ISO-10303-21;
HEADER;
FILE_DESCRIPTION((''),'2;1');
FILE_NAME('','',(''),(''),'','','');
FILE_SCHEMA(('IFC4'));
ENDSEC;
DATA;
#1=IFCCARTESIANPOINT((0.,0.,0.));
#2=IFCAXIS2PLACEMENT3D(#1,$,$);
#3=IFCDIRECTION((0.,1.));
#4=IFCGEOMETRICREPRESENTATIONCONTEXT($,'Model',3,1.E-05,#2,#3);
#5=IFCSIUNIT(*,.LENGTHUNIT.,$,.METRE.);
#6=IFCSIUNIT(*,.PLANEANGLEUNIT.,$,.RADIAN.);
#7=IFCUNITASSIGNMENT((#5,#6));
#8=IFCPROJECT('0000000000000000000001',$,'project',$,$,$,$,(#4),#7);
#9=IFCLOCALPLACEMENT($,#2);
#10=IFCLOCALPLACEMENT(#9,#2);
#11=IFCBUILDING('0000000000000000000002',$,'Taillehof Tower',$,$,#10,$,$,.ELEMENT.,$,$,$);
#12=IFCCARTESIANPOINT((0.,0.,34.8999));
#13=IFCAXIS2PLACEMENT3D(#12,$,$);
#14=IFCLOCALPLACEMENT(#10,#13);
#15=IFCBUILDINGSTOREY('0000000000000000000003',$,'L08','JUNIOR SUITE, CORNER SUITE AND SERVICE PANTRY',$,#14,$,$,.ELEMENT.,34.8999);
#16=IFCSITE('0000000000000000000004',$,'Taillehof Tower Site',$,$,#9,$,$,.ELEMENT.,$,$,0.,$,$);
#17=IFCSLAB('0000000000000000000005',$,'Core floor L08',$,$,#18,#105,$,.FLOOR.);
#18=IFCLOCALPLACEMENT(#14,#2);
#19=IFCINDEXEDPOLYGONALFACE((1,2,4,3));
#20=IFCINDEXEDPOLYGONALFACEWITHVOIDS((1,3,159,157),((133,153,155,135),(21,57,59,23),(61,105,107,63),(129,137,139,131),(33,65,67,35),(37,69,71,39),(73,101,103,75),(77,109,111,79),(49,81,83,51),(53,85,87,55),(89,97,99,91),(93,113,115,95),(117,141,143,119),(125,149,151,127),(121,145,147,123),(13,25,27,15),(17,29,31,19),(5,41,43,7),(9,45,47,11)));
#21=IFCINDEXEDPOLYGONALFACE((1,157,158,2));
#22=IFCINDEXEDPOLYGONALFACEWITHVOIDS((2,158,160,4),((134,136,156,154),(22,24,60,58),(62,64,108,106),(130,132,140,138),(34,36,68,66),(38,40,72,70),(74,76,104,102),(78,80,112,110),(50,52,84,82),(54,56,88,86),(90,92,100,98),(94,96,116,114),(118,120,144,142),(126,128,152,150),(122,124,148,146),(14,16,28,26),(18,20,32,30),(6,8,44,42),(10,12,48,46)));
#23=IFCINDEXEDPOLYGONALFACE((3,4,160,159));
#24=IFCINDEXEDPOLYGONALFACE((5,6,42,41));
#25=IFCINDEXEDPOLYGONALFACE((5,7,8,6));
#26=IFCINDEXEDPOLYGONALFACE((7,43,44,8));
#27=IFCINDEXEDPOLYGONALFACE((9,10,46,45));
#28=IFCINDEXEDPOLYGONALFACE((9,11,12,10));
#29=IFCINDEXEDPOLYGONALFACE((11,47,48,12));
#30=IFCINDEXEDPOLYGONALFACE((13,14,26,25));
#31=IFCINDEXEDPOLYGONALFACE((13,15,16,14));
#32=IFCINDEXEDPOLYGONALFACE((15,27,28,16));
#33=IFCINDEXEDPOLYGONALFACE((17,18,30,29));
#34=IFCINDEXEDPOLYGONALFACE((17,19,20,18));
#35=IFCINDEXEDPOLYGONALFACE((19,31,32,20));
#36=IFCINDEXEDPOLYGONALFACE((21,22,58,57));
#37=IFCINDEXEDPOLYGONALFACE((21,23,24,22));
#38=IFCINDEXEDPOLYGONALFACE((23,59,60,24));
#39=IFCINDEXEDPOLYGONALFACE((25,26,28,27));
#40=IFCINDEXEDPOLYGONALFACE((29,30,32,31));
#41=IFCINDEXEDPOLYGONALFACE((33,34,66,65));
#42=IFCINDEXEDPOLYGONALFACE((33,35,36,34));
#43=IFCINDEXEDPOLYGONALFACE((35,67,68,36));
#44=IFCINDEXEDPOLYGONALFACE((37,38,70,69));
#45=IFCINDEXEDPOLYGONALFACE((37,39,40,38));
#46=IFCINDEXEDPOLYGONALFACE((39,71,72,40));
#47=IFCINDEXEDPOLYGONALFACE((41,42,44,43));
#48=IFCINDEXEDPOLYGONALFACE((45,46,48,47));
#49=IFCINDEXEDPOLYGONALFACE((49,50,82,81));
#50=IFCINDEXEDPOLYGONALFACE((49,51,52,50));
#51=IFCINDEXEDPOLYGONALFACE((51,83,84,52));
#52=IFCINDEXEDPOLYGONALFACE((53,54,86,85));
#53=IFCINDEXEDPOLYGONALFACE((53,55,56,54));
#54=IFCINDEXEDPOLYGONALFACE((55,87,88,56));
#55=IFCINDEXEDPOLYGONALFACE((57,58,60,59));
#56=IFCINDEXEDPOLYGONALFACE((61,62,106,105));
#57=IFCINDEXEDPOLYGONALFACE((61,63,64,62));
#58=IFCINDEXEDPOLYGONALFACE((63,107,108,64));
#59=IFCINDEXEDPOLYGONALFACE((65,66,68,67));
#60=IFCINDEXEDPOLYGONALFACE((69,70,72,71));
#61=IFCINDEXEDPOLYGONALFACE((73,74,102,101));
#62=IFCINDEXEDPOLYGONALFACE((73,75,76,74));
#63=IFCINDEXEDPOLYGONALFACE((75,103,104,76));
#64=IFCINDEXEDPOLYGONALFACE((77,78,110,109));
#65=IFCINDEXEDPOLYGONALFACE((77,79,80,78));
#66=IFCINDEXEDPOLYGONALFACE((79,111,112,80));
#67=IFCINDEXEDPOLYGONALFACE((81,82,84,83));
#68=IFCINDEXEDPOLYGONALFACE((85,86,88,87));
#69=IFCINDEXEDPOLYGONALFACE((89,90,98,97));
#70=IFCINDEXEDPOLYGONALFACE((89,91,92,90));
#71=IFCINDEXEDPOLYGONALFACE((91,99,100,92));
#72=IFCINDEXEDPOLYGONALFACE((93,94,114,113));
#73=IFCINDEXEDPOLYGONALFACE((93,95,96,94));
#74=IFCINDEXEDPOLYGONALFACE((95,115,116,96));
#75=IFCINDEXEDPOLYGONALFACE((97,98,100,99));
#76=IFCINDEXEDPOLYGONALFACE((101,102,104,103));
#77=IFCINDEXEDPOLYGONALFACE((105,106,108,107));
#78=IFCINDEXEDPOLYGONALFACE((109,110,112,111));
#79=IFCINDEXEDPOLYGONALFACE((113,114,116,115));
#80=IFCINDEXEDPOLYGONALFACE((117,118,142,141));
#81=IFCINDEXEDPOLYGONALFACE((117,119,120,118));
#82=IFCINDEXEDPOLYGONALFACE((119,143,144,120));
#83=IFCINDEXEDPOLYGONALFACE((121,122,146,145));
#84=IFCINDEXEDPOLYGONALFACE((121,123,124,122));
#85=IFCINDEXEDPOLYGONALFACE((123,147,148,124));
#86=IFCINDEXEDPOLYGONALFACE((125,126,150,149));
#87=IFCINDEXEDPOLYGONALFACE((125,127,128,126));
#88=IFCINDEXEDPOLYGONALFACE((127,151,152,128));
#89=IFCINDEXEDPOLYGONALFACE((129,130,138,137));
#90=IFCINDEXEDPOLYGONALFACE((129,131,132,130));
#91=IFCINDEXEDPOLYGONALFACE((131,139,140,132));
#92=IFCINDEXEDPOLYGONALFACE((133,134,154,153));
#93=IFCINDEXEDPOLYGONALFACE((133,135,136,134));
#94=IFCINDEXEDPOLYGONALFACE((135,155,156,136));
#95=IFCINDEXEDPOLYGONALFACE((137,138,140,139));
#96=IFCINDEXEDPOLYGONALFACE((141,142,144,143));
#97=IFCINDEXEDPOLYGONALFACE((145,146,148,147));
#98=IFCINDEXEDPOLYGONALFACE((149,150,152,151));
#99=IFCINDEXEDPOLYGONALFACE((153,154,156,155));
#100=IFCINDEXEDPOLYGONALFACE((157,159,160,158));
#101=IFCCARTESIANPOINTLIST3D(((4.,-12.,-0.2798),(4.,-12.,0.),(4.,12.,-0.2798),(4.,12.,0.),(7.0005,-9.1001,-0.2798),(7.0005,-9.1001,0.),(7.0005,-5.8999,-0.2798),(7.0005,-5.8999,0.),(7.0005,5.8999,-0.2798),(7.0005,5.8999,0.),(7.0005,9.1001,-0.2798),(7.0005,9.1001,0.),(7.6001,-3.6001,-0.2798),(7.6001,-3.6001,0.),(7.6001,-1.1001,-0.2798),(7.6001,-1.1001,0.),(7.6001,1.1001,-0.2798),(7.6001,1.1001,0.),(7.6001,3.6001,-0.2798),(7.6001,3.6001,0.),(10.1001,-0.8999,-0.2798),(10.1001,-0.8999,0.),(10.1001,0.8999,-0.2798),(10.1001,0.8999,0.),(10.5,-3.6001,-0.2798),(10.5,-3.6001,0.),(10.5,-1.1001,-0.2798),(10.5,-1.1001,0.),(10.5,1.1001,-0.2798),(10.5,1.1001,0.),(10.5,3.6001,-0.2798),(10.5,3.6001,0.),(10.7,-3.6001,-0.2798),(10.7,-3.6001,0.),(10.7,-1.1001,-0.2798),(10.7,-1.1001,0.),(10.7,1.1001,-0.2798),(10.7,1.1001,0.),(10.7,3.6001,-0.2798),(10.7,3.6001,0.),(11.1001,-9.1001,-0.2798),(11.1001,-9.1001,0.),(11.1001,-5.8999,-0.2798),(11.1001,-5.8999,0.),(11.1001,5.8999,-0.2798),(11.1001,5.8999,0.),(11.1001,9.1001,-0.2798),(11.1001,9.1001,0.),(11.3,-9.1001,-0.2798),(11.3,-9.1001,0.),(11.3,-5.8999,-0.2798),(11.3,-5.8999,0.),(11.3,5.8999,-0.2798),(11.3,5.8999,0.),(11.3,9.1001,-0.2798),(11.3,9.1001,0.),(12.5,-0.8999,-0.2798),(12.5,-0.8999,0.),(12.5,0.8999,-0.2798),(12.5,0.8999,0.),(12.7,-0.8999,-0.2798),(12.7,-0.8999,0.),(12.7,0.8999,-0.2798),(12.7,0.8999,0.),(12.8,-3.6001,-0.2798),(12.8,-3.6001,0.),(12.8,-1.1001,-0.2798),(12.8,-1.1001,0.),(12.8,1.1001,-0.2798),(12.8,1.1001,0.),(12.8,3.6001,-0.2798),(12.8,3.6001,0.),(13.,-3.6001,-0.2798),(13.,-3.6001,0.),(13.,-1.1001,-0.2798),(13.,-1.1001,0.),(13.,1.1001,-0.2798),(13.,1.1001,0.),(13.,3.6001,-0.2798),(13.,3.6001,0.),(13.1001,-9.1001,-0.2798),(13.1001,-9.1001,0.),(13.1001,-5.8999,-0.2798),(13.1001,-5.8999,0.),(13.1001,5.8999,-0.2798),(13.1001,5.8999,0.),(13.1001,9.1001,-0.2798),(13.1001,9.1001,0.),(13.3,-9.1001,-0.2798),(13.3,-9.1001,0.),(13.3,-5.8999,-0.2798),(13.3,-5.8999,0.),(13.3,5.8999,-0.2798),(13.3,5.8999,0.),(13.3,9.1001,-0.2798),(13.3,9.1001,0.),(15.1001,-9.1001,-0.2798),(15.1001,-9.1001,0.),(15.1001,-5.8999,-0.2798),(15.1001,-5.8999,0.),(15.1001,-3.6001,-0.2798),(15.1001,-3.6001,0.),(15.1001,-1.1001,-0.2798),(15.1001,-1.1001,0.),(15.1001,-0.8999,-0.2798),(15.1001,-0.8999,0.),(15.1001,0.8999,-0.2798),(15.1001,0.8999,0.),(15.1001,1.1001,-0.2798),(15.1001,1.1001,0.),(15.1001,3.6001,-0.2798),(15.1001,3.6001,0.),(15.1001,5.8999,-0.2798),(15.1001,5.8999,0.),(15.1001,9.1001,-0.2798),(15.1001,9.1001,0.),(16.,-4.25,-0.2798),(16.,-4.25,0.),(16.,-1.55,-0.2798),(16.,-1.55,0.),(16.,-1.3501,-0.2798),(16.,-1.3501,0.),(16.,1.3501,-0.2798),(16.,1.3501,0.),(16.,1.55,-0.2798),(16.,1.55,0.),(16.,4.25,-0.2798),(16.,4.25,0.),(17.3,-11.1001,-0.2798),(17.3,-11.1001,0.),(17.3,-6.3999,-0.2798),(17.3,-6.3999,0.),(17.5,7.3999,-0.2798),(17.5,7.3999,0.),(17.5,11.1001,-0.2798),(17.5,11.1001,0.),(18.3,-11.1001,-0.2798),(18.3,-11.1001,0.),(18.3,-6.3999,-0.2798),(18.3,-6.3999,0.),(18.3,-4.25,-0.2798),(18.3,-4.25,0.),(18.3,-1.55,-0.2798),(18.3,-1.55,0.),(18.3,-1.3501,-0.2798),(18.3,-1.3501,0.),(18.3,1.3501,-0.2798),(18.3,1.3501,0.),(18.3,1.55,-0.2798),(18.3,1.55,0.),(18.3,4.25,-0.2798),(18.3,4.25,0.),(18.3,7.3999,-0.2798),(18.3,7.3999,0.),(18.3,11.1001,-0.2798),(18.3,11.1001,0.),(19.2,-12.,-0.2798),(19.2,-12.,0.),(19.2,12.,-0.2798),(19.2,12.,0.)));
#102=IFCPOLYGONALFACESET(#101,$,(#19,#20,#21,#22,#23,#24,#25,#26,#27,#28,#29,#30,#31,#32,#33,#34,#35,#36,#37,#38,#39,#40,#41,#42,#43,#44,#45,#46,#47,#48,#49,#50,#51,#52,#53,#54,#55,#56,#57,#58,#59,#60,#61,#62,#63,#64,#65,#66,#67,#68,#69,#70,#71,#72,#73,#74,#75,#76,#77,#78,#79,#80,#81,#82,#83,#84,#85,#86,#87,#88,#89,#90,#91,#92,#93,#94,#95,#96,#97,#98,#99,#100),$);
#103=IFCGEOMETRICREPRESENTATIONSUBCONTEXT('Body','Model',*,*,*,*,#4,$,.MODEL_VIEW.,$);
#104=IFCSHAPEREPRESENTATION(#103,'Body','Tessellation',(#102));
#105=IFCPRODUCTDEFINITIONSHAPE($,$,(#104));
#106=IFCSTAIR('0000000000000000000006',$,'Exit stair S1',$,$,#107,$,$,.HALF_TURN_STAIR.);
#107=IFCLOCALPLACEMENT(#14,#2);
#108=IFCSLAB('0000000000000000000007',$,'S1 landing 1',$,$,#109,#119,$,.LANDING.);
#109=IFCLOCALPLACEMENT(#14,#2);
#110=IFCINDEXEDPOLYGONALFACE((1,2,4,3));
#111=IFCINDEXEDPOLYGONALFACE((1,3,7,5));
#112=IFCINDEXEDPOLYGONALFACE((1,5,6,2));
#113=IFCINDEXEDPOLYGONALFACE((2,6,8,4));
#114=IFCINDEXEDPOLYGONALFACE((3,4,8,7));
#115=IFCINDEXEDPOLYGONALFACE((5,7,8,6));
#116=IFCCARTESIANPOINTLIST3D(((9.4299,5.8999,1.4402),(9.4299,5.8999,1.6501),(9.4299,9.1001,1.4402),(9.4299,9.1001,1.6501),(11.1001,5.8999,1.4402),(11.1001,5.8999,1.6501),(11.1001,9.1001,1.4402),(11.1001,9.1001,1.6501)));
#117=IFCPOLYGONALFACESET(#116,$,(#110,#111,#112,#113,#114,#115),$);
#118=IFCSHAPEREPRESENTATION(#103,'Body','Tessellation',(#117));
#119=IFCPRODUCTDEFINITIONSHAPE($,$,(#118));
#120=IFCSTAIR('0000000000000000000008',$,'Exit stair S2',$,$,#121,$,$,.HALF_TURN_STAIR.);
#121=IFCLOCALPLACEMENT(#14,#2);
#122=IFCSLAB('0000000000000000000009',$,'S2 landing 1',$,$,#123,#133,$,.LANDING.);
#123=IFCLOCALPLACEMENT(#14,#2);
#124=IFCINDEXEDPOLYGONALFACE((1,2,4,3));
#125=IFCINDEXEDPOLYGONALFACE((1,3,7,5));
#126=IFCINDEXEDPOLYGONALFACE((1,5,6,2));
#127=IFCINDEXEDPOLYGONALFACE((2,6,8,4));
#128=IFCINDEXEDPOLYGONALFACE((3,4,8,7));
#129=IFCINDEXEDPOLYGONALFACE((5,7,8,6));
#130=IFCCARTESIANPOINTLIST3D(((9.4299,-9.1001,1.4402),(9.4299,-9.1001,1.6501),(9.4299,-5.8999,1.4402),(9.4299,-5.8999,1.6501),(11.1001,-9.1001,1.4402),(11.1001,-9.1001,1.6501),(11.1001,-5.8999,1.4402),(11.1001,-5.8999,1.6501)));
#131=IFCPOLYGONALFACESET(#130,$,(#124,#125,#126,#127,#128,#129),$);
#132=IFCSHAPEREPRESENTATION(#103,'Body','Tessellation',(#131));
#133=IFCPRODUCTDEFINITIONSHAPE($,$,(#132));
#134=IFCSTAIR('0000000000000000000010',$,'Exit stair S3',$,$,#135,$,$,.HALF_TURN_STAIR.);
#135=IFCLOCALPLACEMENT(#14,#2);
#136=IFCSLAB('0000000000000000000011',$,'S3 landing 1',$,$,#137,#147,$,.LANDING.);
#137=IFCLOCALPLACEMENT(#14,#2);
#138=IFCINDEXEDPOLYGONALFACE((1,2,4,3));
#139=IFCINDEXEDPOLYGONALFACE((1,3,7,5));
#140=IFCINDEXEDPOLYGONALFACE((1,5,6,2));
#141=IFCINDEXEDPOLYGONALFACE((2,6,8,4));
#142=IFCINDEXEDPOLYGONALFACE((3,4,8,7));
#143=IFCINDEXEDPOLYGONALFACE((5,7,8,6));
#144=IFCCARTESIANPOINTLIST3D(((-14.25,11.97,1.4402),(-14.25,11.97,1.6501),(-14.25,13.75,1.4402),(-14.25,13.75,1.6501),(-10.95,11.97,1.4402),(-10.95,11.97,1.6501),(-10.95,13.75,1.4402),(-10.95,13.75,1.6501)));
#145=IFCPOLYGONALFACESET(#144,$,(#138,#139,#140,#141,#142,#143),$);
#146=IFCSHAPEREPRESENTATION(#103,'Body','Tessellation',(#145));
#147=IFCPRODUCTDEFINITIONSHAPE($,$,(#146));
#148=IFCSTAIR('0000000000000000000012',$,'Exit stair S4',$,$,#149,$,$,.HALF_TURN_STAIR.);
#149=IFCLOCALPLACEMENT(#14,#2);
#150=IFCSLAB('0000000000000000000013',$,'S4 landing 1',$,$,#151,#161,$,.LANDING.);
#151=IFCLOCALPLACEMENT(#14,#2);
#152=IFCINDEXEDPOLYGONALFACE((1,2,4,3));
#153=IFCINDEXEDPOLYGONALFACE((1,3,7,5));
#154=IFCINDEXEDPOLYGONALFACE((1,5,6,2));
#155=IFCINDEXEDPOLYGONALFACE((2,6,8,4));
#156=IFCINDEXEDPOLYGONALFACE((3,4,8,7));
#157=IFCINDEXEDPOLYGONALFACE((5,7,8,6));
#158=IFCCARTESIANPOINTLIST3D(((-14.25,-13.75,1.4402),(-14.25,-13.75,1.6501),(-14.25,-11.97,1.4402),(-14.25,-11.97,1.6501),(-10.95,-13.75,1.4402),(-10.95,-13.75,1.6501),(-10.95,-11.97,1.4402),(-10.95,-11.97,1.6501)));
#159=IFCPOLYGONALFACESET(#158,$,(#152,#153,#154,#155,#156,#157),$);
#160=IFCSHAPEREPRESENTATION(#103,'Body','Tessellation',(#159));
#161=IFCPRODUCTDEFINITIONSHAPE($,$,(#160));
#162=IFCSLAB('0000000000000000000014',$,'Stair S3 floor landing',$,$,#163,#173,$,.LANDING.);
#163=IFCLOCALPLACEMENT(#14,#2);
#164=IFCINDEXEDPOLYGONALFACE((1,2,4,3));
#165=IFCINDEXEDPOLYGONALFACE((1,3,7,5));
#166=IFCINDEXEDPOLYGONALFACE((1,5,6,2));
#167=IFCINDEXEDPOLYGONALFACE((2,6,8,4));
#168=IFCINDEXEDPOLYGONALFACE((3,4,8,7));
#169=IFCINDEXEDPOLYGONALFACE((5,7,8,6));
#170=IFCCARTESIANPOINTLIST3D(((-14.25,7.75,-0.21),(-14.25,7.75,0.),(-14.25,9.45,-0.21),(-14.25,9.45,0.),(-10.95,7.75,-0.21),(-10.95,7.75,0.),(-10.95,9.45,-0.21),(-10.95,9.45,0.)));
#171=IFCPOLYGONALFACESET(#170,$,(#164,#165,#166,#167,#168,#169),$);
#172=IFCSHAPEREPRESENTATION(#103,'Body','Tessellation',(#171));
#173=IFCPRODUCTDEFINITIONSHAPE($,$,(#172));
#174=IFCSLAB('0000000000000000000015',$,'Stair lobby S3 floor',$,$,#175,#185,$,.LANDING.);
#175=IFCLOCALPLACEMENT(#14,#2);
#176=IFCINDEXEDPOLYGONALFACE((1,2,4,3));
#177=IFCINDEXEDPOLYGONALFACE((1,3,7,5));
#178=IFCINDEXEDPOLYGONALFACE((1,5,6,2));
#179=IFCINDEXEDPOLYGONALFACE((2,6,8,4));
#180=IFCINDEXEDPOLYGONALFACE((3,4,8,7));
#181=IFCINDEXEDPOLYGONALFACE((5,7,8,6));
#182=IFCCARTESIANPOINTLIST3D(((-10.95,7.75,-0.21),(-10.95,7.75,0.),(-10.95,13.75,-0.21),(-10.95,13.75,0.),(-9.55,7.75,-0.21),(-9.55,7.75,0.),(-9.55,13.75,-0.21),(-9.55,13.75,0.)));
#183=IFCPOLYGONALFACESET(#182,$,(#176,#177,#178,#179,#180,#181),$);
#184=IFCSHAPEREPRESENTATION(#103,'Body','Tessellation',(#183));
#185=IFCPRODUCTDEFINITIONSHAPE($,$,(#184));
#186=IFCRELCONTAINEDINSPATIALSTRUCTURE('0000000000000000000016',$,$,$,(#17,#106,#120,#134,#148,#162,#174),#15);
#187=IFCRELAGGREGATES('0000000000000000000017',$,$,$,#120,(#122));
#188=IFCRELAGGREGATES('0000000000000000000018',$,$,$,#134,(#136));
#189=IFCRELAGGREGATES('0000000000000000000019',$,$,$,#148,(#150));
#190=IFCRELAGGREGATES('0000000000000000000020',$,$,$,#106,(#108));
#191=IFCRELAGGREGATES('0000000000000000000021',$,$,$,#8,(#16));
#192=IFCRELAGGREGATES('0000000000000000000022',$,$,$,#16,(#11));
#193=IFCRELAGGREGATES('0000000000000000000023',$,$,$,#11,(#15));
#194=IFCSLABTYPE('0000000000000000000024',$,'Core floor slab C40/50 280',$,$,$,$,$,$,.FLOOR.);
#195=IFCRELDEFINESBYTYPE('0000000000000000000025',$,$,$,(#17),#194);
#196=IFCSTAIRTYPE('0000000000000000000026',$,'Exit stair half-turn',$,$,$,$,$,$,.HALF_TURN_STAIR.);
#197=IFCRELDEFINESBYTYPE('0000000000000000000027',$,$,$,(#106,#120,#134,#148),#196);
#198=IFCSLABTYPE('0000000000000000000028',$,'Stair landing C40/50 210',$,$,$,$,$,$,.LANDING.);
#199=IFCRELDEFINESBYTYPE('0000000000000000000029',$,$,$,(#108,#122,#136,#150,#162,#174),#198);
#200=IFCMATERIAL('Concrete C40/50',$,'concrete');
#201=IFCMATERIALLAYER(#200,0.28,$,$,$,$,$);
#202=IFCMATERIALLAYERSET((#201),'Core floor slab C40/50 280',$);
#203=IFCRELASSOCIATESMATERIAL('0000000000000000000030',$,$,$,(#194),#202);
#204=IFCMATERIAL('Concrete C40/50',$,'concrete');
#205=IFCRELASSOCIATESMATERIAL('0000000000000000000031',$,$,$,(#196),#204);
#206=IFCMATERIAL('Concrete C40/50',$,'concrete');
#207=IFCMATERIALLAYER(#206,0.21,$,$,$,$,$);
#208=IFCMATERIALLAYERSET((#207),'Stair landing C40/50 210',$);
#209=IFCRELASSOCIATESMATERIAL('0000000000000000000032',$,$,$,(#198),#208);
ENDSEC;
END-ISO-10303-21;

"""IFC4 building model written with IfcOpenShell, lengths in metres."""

from ifc_helpers import new_model, si_unit, direction, frame, origin, place, context, subcontext, project, spatial, polyline, outline, extrude, material, layer, layer_set, type_object, element, aggregate, save


model = new_model("IFC4")

# Units and contexts
model_context = context("Model", 3, precision=1e-05, world=origin(), true_north=direction((0.0, 1.0)))
body_context = subcontext(model_context, "Body", "Model", "MODEL_VIEW")
ifc_project = project(units=[si_unit("LENGTHUNIT", "METRE"), si_unit("PLANEANGLEUNIT", "RADIAN")], contexts=[model_context])

# Site, building, storey
site_placement = place(None, origin())
site = spatial("IfcSite", under=ifc_project, at=site_placement, Name="Taillehof Tower Site", CompositionType="ELEMENT", RefElevation=0.0)
building_placement = place(site_placement, origin())
building = spatial("IfcBuilding", under=site, at=building_placement, Name="Taillehof Tower", CompositionType="ELEMENT")
storey_placement = place(building_placement, frame((0.0, 0.0, 34.8999)))
storey = spatial("IfcBuildingStorey", under=building, at=storey_placement, Name="L08", Description="JUNIOR SUITE, CORNER SUITE AND SERVICE PANTRY", CompositionType="ELEMENT", Elevation=34.8999)

# Slab
ifc_material_1 = material(Name="Concrete C40/50", Category="concrete")
ifc_layer_1 = layer(ifc_material_1, 0.28)
ifc_layer_set_1 = layer_set([ifc_layer_1], Name="Core floor slab C40/50 280")
slab_type_1 = type_object("IfcSlabType", Name="Core floor slab C40/50 280", PredefinedType="FLOOR", material=ifc_layer_set_1)
slab_1_placement = place(storey_placement, frame((0.0, 0.0, -0.2798)))
element("IfcSlab", 1, at=slab_1_placement, inside=storey, type_object=slab_type_1, Name="Core floor L08", PredefinedType="FLOOR", context=body_context, shape_type="SweptSolid", body=[
    extrude(outline(polyline([(4.0, -12.0), (4.0, 12.0), (19.2, 12.0), (19.2, -12.0), (4.0, -12.0)]), holes=[polyline([(7.0005, -9.1001), (11.1001, -9.1001), (11.1001, -5.8999), (7.0005, -5.8999), (7.0005, -9.1001)]), polyline([(13.1001, -9.1001), (13.1001, -5.8999), (11.3, -5.8999), (11.3, -9.1001), (13.1001, -9.1001)]), polyline([(10.5, -3.6001), (10.5, -1.1001), (7.6001, -1.1001), (7.6001, -3.6001), (10.5, -3.6001)]), polyline([(12.8, -3.6001), (12.8, -1.1001), (10.7, -1.1001), (10.7, -3.6001), (12.8, -3.6001)]), polyline([(12.5, -0.8999), (12.5, 0.8999), (10.1001, 0.8999), (10.1001, -0.8999), (12.5, -0.8999)]), polyline([(15.1001, -0.8999), (15.1001, 0.8999), (12.7, 0.8999), (12.7, -0.8999), (15.1001, -0.8999)]), polyline([(10.5, 1.1001), (10.5, 3.6001), (7.6001, 3.6001), (7.6001, 1.1001), (10.5, 1.1001)]), polyline([(10.7, 1.1001), (12.8, 1.1001), (12.8, 3.6001), (10.7, 3.6001), (10.7, 1.1001)]), polyline([(11.3, 5.8999), (13.1001, 5.8999), (13.1001, 9.1001), (11.3, 9.1001), (11.3, 5.8999)]), polyline([(11.1001, 5.8999), (11.1001, 9.1001), (7.0005, 9.1001), (7.0005, 5.8999), (11.1001, 5.8999)]), polyline([(18.3, -11.1001), (18.3, -6.3999), (17.3, -6.3999), (17.3, -11.1001), (18.3, -11.1001)]), polyline([(15.1001, -9.1001), (15.1001, -5.8999), (13.3, -5.8999), (13.3, -9.1001), (15.1001, -9.1001)]), polyline([(16.0, -4.25), (18.3, -4.25), (18.3, -1.55), (16.0, -1.55), (16.0, -4.25)]), polyline([(13.0, -3.6001), (15.1001, -3.6001), (15.1001, -1.1001), (13.0, -1.1001), (13.0, -3.6001)]), polyline([(18.3, -1.3501), (18.3, 1.3501), (16.0, 1.3501), (16.0, -1.3501), (18.3, -1.3501)]), polyline([(15.1001, 1.1001), (15.1001, 3.6001), (13.0, 3.6001), (13.0, 1.1001), (15.1001, 1.1001)]), polyline([(18.3, 1.55), (18.3, 4.25), (16.0, 4.25), (16.0, 1.55), (18.3, 1.55)]), polyline([(13.3, 5.8999), (15.1001, 5.8999), (15.1001, 9.1001), (13.3, 9.1001), (13.3, 5.8999)]), polyline([(17.5, 7.3999), (18.3, 7.3999), (18.3, 11.1001), (17.5, 11.1001), (17.5, 7.3999)])]), origin(), (0.0, 0.0, 1.0), 0.2798),
])

# Stairs, slabs
ifc_material_2 = material(Name="Concrete C40/50", Category="concrete")
stair_type = type_object("IfcStairType", Name="Exit stair half-turn", PredefinedType="HALF_TURN_STAIR", material=ifc_material_2)
stair_1_placement = place(storey_placement, origin())
stair_1 = element("IfcStair", 2, at=stair_1_placement, inside=storey, type_object=stair_type, Name="Exit stair S1", PredefinedType="HALF_TURN_STAIR")
ifc_material_3 = material(Name="Concrete C40/50", Category="concrete")
ifc_layer_2 = layer(ifc_material_3, 0.21)
ifc_layer_set_2 = layer_set([ifc_layer_2], Name="Stair landing C40/50 210")
slab_type_2 = type_object("IfcSlabType", Name="Stair landing C40/50 210", PredefinedType="LANDING", material=ifc_layer_set_2)
slab_2_placement = place(storey_placement, frame((0.0, 0.0, 1.4402)))
slab_2 = element("IfcSlab", 3, at=slab_2_placement, type_object=slab_type_2, Name="S1 landing 1", PredefinedType="LANDING", context=body_context, shape_type="SweptSolid", body=[
    extrude(outline(polyline([(9.4299, 5.8999), (11.1001, 5.8999), (11.1001, 9.1001), (9.4299, 9.1001), (9.4299, 5.8999)])), origin(), (0.0, 0.0, 1.0), 0.21),
])
stair_2_placement = place(storey_placement, origin())
stair_2 = element("IfcStair", 4, at=stair_2_placement, inside=storey, type_object=stair_type, Name="Exit stair S2", PredefinedType="HALF_TURN_STAIR")
slab_3_placement = place(storey_placement, frame((0.0, 0.0, 1.4402)))
slab_3 = element("IfcSlab", 5, at=slab_3_placement, type_object=slab_type_2, Name="S2 landing 1", PredefinedType="LANDING", context=body_context, shape_type="SweptSolid", body=[
    extrude(outline(polyline([(9.4299, -5.8999), (11.1001, -5.8999), (11.1001, -9.1001), (9.4299, -9.1001), (9.4299, -5.8999)])), origin(), (0.0, 0.0, 1.0), 0.21),
])
aggregate(stair_2, [slab_3])
stair_3_placement = place(storey_placement, origin())
stair_3 = element("IfcStair", 6, at=stair_3_placement, inside=storey, type_object=stair_type, Name="Exit stair S3", PredefinedType="HALF_TURN_STAIR")
slab_4_placement = place(storey_placement, frame((0.0, 0.0, 1.4402)))
slab_4 = element("IfcSlab", 7, at=slab_4_placement, type_object=slab_type_2, Name="S3 landing 1", PredefinedType="LANDING", context=body_context, shape_type="SweptSolid", body=[
    extrude(outline(polyline([(-14.25, 11.97), (-14.25, 13.75), (-10.95, 13.75), (-10.95, 11.97), (-14.25, 11.97)])), origin(), (0.0, 0.0, 1.0), 0.21),
])
aggregate(stair_3, [slab_4])
stair_4_placement = place(storey_placement, origin())
stair_4 = element("IfcStair", 8, at=stair_4_placement, inside=storey, type_object=stair_type, Name="Exit stair S4", PredefinedType="HALF_TURN_STAIR")
slab_5_placement = place(storey_placement, frame((0.0, 0.0, 1.4402)))
slab_5 = element("IfcSlab", 9, at=slab_5_placement, type_object=slab_type_2, Name="S4 landing 1", PredefinedType="LANDING", context=body_context, shape_type="SweptSolid", body=[
    extrude(outline(polyline([(-14.25, -11.97), (-14.25, -13.75), (-10.95, -13.75), (-10.95, -11.97), (-14.25, -11.97)])), origin(), (0.0, 0.0, 1.0), 0.21),
])
aggregate(stair_4, [slab_5])

# Slabs
slab_6_placement = place(storey_placement, frame((0.0, 0.0, -0.21)))
element("IfcSlab", 10, at=slab_6_placement, inside=storey, type_object=slab_type_2, Name="Stair S3 floor landing", PredefinedType="LANDING", context=body_context, shape_type="SweptSolid", body=[
    extrude(outline(polyline([(-14.25, 7.75), (-14.25, 9.45), (-10.95, 9.45), (-10.95, 7.75), (-14.25, 7.75)])), origin(), (0.0, 0.0, 1.0), 0.21),
])
slab_7_placement = place(storey_placement, frame((0.0, 0.0, -0.21)))
element("IfcSlab", 11, at=slab_7_placement, inside=storey, type_object=slab_type_2, Name="Stair lobby S3 floor", PredefinedType="LANDING", context=body_context, shape_type="SweptSolid", body=[
    extrude(outline(polyline([(-10.95, 7.75), (-9.55, 7.75), (-9.55, 13.75), (-10.95, 13.75), (-10.95, 7.75)])), origin(), (0.0, 0.0, 1.0), 0.21),
])

aggregate(stair_1, [slab_2])

save(model, "model.ifc")
